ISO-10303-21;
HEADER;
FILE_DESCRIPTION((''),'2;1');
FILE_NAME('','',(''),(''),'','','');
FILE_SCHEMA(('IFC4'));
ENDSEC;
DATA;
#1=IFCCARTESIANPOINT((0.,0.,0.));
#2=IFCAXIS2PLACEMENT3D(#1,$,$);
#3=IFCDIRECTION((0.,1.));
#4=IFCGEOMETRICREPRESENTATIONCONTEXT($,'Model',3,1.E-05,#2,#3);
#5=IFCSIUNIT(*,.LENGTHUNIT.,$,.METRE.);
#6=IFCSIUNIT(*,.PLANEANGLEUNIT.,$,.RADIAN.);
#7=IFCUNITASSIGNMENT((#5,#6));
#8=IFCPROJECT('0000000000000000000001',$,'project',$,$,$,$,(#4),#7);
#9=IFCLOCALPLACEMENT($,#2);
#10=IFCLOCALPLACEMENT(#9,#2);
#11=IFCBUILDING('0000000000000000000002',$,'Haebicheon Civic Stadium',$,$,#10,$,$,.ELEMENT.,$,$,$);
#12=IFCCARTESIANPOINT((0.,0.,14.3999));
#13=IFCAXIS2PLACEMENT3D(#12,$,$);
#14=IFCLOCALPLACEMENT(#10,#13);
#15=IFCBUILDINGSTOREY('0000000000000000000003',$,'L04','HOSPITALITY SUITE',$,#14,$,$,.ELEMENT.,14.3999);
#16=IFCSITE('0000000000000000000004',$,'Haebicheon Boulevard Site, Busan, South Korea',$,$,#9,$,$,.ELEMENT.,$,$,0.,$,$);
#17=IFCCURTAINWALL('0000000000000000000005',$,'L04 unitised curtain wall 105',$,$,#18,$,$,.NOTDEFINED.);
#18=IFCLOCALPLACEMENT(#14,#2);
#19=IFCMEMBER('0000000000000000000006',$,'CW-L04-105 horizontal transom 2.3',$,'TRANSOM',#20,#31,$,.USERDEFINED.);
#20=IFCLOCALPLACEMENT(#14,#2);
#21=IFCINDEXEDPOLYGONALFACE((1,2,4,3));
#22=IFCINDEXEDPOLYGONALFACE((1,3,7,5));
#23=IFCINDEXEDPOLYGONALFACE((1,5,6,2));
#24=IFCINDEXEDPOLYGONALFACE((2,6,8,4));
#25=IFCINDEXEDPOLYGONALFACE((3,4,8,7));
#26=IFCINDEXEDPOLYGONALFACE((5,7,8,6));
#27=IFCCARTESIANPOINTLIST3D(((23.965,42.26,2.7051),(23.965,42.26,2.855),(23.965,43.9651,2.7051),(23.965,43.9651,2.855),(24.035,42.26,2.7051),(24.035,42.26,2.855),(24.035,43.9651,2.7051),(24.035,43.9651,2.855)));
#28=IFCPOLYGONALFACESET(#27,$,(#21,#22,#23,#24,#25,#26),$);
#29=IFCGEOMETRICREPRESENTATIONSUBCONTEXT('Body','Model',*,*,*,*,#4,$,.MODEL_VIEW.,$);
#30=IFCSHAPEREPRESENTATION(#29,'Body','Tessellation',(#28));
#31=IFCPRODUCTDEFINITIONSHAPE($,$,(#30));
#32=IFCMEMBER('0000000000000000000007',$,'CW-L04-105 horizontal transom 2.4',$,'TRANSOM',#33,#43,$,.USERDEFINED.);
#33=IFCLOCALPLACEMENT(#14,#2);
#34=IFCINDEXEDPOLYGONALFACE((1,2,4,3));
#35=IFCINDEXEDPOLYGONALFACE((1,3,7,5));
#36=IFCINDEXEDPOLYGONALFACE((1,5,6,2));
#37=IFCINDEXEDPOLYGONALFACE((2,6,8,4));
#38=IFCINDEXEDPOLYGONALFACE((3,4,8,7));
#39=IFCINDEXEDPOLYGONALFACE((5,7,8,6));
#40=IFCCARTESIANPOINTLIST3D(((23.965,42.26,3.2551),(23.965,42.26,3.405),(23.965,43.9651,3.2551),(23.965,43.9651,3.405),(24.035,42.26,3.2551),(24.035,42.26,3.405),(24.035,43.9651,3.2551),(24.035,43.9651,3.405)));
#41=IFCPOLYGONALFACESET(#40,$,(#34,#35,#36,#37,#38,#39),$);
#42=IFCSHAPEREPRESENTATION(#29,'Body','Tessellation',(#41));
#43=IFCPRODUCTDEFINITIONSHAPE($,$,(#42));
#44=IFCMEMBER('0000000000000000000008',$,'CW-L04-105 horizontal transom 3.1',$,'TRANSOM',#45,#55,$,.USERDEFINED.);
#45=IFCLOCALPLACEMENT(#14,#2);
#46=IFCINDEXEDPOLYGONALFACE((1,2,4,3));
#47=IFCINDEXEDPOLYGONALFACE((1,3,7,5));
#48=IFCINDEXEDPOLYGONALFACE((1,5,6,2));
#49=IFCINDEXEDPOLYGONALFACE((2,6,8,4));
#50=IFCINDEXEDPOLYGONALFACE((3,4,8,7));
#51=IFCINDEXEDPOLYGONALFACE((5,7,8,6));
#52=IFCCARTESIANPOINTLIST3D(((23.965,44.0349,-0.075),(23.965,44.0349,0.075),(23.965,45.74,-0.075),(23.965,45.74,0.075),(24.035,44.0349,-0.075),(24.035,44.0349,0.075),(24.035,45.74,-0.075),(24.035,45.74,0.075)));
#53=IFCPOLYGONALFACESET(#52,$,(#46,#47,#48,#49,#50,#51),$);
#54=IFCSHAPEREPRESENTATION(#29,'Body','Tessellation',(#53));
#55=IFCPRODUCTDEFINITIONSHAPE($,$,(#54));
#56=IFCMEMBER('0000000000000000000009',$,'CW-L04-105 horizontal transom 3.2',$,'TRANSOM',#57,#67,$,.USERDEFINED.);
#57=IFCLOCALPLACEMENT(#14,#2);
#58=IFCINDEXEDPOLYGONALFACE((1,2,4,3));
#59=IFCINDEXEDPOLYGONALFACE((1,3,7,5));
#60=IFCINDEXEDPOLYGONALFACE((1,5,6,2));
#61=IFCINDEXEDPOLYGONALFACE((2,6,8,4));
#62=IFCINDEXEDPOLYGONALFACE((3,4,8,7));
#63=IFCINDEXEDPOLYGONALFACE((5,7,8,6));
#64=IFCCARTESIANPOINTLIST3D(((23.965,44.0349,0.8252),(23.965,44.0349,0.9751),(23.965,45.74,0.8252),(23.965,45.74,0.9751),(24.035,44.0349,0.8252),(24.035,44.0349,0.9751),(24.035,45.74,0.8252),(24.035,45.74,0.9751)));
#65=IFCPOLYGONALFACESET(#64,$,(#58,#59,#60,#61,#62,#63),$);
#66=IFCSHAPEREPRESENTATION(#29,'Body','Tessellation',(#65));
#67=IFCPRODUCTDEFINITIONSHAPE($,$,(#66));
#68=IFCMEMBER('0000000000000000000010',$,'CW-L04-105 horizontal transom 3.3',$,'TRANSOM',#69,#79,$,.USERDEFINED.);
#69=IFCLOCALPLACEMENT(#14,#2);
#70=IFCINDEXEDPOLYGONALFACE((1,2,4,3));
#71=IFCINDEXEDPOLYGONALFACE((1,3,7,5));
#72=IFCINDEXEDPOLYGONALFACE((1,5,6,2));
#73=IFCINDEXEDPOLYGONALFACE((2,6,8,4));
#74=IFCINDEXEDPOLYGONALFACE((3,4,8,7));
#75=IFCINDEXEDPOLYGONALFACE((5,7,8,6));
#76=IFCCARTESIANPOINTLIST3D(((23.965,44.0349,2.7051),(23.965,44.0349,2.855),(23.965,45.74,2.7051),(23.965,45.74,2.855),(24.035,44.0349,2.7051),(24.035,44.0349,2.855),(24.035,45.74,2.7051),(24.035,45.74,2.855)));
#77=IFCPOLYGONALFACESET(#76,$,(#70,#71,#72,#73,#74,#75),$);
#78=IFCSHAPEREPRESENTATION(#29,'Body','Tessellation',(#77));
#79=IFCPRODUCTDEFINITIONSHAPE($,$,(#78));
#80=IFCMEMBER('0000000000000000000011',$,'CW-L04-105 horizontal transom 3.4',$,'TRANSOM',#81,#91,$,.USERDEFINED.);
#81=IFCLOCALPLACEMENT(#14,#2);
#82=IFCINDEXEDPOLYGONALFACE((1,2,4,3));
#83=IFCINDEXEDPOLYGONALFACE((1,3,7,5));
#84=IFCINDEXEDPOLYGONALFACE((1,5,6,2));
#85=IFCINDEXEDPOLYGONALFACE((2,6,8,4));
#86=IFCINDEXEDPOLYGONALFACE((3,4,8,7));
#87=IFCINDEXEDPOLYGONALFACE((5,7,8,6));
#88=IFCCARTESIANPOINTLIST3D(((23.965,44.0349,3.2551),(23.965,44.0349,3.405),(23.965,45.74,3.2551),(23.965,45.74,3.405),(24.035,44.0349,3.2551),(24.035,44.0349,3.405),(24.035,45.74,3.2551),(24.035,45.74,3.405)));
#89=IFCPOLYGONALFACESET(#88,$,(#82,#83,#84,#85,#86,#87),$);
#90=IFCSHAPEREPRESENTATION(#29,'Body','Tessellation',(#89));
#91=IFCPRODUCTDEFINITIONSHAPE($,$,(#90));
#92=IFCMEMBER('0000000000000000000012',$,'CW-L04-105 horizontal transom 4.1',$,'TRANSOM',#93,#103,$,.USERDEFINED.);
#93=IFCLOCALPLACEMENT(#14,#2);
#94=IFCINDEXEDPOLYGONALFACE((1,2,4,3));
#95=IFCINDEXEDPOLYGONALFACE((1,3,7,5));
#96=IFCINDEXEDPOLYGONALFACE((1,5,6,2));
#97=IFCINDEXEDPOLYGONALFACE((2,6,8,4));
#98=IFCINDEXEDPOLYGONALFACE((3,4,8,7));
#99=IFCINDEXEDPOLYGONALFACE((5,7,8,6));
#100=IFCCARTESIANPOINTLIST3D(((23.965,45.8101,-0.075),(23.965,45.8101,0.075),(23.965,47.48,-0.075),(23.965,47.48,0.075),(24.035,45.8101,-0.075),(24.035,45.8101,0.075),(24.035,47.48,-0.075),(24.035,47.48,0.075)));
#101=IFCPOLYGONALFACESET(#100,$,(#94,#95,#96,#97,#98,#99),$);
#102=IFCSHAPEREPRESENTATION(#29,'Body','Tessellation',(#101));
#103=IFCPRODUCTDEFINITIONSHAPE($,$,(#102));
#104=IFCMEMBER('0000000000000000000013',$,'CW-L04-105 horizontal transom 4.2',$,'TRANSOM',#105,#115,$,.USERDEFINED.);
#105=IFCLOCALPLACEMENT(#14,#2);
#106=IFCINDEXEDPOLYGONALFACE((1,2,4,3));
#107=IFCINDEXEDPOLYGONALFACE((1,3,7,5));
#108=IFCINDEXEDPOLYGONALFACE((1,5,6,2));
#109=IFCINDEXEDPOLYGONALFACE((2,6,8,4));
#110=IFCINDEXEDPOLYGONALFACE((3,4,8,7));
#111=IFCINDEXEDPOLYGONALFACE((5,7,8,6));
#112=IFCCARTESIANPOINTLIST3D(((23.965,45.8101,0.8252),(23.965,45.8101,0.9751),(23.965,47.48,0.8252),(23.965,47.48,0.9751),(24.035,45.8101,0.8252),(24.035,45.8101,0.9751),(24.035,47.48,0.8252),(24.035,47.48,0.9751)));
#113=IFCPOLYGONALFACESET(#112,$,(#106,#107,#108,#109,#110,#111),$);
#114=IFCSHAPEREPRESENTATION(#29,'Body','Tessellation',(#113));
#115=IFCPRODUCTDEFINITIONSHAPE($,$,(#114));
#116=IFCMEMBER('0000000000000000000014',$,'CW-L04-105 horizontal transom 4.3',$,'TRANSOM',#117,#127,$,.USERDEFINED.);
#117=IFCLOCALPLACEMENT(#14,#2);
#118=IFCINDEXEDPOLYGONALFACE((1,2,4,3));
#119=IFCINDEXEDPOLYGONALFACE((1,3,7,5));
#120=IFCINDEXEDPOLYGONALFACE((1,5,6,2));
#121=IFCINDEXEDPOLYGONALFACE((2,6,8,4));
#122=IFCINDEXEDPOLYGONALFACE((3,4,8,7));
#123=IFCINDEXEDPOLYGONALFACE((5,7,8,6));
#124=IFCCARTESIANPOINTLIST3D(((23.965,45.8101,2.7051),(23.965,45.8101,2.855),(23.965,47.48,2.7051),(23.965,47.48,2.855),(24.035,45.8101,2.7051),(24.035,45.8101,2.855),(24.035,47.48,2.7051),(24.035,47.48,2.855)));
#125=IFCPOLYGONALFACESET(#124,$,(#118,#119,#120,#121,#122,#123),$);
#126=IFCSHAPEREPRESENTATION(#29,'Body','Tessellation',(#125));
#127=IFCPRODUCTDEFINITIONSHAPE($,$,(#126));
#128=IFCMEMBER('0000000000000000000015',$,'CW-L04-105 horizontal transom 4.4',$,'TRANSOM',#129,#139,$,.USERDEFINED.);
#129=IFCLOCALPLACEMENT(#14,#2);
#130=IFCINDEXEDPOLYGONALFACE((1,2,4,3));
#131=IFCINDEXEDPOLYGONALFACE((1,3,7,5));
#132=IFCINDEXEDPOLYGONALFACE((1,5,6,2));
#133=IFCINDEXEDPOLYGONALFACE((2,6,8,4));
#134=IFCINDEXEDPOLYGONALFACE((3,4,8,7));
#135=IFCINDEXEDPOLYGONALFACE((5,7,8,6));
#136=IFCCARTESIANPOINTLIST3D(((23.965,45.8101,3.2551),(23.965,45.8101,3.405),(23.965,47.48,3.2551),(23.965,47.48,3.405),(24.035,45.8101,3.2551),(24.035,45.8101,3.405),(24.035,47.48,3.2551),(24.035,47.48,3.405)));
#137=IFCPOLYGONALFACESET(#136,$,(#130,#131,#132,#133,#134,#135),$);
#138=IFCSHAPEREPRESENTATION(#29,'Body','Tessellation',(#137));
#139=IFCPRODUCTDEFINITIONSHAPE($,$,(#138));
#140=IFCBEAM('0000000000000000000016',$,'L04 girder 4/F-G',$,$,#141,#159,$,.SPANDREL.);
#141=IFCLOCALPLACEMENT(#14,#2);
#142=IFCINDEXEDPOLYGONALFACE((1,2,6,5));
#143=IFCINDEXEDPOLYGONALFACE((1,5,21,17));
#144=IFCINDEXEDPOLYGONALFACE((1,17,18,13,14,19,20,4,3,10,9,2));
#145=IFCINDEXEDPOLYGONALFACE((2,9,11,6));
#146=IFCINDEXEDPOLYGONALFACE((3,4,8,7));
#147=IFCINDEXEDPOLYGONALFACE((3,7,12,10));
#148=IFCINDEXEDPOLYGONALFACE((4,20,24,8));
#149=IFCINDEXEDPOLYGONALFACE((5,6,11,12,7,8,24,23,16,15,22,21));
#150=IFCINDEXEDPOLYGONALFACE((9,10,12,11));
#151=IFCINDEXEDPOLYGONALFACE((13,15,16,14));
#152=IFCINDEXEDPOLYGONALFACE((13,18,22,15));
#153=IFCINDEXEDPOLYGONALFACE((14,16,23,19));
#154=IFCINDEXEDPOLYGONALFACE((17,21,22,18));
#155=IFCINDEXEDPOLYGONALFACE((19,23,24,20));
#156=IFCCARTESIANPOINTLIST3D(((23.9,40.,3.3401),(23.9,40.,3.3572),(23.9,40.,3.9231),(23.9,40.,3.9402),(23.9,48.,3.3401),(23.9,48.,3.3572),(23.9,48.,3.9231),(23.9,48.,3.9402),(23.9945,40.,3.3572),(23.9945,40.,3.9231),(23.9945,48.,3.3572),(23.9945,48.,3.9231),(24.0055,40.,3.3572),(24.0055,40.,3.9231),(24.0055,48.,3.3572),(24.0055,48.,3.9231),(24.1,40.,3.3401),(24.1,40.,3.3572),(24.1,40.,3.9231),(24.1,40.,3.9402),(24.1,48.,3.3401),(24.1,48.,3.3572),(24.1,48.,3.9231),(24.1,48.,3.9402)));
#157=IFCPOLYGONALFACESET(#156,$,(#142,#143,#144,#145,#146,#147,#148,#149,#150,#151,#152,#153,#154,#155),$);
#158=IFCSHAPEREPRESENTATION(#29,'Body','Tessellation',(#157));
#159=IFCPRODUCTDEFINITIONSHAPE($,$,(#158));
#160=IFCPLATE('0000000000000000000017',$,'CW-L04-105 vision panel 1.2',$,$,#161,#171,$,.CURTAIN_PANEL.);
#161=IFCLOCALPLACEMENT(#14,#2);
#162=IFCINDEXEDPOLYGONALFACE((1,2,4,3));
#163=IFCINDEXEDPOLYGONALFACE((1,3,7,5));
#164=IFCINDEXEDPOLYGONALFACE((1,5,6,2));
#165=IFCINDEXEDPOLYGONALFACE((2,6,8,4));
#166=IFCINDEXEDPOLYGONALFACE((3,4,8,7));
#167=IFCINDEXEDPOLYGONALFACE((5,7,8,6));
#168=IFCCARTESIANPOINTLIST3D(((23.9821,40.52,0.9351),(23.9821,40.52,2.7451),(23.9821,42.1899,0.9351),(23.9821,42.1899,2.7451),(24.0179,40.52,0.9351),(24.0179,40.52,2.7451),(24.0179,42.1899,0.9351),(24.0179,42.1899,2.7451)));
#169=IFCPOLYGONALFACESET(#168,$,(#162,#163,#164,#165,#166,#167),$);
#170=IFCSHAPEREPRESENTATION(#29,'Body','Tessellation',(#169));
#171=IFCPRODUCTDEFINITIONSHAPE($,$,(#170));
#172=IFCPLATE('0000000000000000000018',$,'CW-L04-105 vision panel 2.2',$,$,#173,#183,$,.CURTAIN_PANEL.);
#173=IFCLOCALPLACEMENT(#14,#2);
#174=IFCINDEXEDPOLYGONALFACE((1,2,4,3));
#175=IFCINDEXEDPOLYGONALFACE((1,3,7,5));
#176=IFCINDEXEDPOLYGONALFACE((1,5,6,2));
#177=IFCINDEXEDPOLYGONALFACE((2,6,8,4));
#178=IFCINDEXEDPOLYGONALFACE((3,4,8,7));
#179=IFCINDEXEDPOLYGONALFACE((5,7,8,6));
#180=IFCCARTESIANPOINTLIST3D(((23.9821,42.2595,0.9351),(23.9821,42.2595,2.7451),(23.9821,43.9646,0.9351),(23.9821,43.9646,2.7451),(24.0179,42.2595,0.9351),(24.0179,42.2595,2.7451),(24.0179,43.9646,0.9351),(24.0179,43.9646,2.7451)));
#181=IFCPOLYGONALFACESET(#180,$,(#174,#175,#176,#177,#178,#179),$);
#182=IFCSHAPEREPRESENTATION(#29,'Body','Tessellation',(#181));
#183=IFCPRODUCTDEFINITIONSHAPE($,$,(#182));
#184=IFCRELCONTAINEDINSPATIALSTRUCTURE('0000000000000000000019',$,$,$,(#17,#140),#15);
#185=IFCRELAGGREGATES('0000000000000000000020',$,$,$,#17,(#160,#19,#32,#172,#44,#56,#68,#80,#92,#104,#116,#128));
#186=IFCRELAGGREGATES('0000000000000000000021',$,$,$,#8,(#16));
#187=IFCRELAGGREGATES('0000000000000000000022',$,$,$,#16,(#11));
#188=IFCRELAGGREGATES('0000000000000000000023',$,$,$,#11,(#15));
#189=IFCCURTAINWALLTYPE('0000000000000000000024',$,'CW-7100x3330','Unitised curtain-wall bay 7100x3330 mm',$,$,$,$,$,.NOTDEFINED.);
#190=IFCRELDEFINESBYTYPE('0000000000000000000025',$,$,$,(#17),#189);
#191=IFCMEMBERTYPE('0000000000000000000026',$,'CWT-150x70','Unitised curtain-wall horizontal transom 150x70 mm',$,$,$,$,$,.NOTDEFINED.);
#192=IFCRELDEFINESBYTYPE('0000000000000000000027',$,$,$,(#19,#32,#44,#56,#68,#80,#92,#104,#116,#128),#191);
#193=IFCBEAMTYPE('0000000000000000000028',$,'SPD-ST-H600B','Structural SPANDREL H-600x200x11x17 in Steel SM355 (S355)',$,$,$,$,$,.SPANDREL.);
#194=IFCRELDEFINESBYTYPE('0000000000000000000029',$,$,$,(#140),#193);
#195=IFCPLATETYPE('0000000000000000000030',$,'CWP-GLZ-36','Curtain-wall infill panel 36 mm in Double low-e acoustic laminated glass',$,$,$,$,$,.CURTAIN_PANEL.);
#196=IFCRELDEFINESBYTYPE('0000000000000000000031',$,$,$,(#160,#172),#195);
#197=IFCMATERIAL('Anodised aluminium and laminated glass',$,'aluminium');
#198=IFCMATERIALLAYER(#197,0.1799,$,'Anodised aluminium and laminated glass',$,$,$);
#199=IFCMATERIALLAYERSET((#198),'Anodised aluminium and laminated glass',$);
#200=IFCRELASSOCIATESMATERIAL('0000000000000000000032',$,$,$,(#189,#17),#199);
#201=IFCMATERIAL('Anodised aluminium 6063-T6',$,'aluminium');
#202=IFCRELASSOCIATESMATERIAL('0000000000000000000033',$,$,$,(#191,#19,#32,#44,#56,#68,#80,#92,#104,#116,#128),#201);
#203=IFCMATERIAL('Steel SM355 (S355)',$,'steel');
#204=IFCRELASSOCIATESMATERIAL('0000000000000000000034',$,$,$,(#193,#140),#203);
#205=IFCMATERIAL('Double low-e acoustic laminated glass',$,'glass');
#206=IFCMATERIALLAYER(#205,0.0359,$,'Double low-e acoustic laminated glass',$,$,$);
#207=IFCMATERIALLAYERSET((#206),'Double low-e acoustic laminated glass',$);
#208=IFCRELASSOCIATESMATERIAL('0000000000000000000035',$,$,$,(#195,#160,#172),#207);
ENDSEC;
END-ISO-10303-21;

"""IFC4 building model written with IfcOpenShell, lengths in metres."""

from ifc_helpers import new_model, si_unit, direction, frame, origin, origin_2d, place, context, subcontext, project, spatial, rectangle, i_section, extrude, material, layer, layer_set, material_profile, profile_set, type_object, element, aggregate, save


model = new_model("IFC4")

# Units and contexts
model_context = context("Model", 3, precision=1e-05, world=origin(), true_north=direction((0.0, 1.0)))
body_context = subcontext(model_context, "Body", "Model", "MODEL_VIEW")
ifc_project = project(units=[si_unit("LENGTHUNIT", "METRE"), si_unit("PLANEANGLEUNIT", "RADIAN")], contexts=[model_context])

# Site, building, storey
site_placement = place(None, origin())
site = spatial("IfcSite", under=ifc_project, at=site_placement, Name="Haebicheon Boulevard Site, Busan, South Korea", CompositionType="ELEMENT", RefElevation=0.0)
building_placement = place(site_placement, origin())
building = spatial("IfcBuilding", under=site, at=building_placement, Name="Haebicheon Civic Stadium", CompositionType="ELEMENT")
storey_placement = place(building_placement, frame((0.0, 0.0, 14.3999)))
storey = spatial("IfcBuildingStorey", under=building, at=storey_placement, Name="L04", Description="HOSPITALITY SUITE", CompositionType="ELEMENT", Elevation=14.3999)

# Curtain wall, members
ifc_material_1 = material(Name="Anodised aluminium and laminated glass", Category="aluminium")
ifc_layer_1 = layer(ifc_material_1, 0.1799, Name="Anodised aluminium and laminated glass")
ifc_layer_set_1 = layer_set([ifc_layer_1], Name="Anodised aluminium and laminated glass")
curtain_wall_type = type_object("IfcCurtainWallType", Name="CW-7100x3330", Description="Unitised curtain-wall bay 7100x3330 mm", PredefinedType="NOTDEFINED", material=ifc_layer_set_1)
curtain_wall_placement = place(storey_placement, origin())
curtain_wall = element("IfcCurtainWall", 1, at=curtain_wall_placement, inside=storey, type_object=curtain_wall_type, material=ifc_layer_set_1, Name="L04 unitised curtain wall 105", PredefinedType="NOTDEFINED")
ifc_material_2 = material(Name="Anodised aluminium 6063-T6", Category="aluminium")
ifc_material_profile_1 = material_profile(ifc_material_2, rectangle(XDim=0.0701, YDim=0.1499, at=origin_2d()), Name="ALU-TRAN-70x150")
ifc_profile_set_1 = profile_set([ifc_material_profile_1], Name="Anodised aluminium 6063-T6")
member_type_1 = type_object("IfcMemberType", Name="CWT-150x70", Description="Unitised curtain-wall horizontal transom 150x70 mm", PredefinedType="NOTDEFINED", material=ifc_profile_set_1)
member_1_placement = place(storey_placement, frame((24.0, 42.26, 2.78), z_axis=(0.0, 1.0, 0.0), x_axis=(-1.0, 0.0, 0.0)))
member_1 = element("IfcMember", 2, at=member_1_placement, type_object=member_type_1, material=ifc_profile_set_1, Name="CW-L04-105 horizontal transom 2.3", ObjectType="TRANSOM", PredefinedType="USERDEFINED", context=body_context, shape_type="SweptSolid", body=[
    extrude(rectangle(XDim=0.0701, YDim=0.1499, at=origin_2d()), origin(), (0.0, 0.0, 1.0), 1.7051),
])
member_2_placement = place(storey_placement, frame((24.0, 42.26, 3.3301), z_axis=(0.0, 1.0, 0.0), x_axis=(-1.0, 0.0, 0.0)))
member_2 = element("IfcMember", 3, at=member_2_placement, type_object=member_type_1, material=ifc_profile_set_1, Name="CW-L04-105 horizontal transom 2.4", ObjectType="TRANSOM", PredefinedType="USERDEFINED", context=body_context, shape_type="SweptSolid", body=[
    extrude(rectangle(XDim=0.0701, YDim=0.1499, at=origin_2d()), origin(), (0.0, 0.0, 1.0), 1.7051),
])
member_3_placement = place(storey_placement, frame((24.0, 44.0349, 0.0), z_axis=(0.0, 1.0, 0.0), x_axis=(-1.0, 0.0, 0.0)))
member_3 = element("IfcMember", 4, at=member_3_placement, type_object=member_type_1, material=ifc_profile_set_1, Name="CW-L04-105 horizontal transom 3.1", ObjectType="TRANSOM", PredefinedType="USERDEFINED", context=body_context, shape_type="SweptSolid", body=[
    extrude(rectangle(XDim=0.0701, YDim=0.1499, at=origin_2d()), origin(), (0.0, 0.0, 1.0), 1.7051),
])
member_4_placement = place(storey_placement, frame((24.0, 44.0349, 0.9001), z_axis=(0.0, 1.0, 0.0), x_axis=(-1.0, 0.0, 0.0)))
member_4 = element("IfcMember", 5, at=member_4_placement, type_object=member_type_1, material=ifc_profile_set_1, Name="CW-L04-105 horizontal transom 3.2", ObjectType="TRANSOM", PredefinedType="USERDEFINED", context=body_context, shape_type="SweptSolid", body=[
    extrude(rectangle(XDim=0.0701, YDim=0.1499, at=origin_2d()), origin(), (0.0, 0.0, 1.0), 1.7051),
])
member_5_placement = place(storey_placement, frame((24.0, 44.0349, 2.78), z_axis=(0.0, 1.0, 0.0), x_axis=(-1.0, 0.0, 0.0)))
member_5 = element("IfcMember", 6, at=member_5_placement, type_object=member_type_1, material=ifc_profile_set_1, Name="CW-L04-105 horizontal transom 3.3", ObjectType="TRANSOM", PredefinedType="USERDEFINED", context=body_context, shape_type="SweptSolid", body=[
    extrude(rectangle(XDim=0.0701, YDim=0.1499, at=origin_2d()), origin(), (0.0, 0.0, 1.0), 1.7051),
])
member_6_placement = place(storey_placement, frame((24.0, 44.0349, 3.3301), z_axis=(0.0, 1.0, 0.0), x_axis=(-1.0, 0.0, 0.0)))
member_6 = element("IfcMember", 7, at=member_6_placement, type_object=member_type_1, material=ifc_profile_set_1, Name="CW-L04-105 horizontal transom 3.4", ObjectType="TRANSOM", PredefinedType="USERDEFINED", context=body_context, shape_type="SweptSolid", body=[
    extrude(rectangle(XDim=0.0701, YDim=0.1499, at=origin_2d()), origin(), (0.0, 0.0, 1.0), 1.7051),
])
member_7_placement = place(storey_placement, frame((24.0, 45.8101, 0.0), z_axis=(0.0, 1.0, 0.0), x_axis=(-1.0, 0.0, 0.0)))
member_7 = element("IfcMember", 8, at=member_7_placement, type_object=member_type_1, material=ifc_profile_set_1, Name="CW-L04-105 horizontal transom 4.1", ObjectType="TRANSOM", PredefinedType="USERDEFINED", context=body_context, shape_type="SweptSolid", body=[
    extrude(rectangle(XDim=0.0701, YDim=0.1499, at=origin_2d()), origin(), (0.0, 0.0, 1.0), 1.6699),
])
member_8_placement = place(storey_placement, frame((24.0, 45.8101, 0.9001), z_axis=(0.0, 1.0, 0.0), x_axis=(-1.0, 0.0, 0.0)))
member_8 = element("IfcMember", 9, at=member_8_placement, type_object=member_type_1, material=ifc_profile_set_1, Name="CW-L04-105 horizontal transom 4.2", ObjectType="TRANSOM", PredefinedType="USERDEFINED", context=body_context, shape_type="SweptSolid", body=[
    extrude(rectangle(XDim=0.0701, YDim=0.1499, at=origin_2d()), origin(), (0.0, 0.0, 1.0), 1.6699),
])
member_9_placement = place(storey_placement, frame((24.0, 45.8101, 2.78), z_axis=(0.0, 1.0, 0.0), x_axis=(-1.0, 0.0, 0.0)))
member_9 = element("IfcMember", 10, at=member_9_placement, type_object=member_type_1, material=ifc_profile_set_1, Name="CW-L04-105 horizontal transom 4.3", ObjectType="TRANSOM", PredefinedType="USERDEFINED", context=body_context, shape_type="SweptSolid", body=[
    extrude(rectangle(XDim=0.0701, YDim=0.1499, at=origin_2d()), origin(), (0.0, 0.0, 1.0), 1.6699),
])
member_10_placement = place(storey_placement, frame((24.0, 45.8101, 3.3301), z_axis=(0.0, 1.0, 0.0), x_axis=(-1.0, 0.0, 0.0)))
member_10 = element("IfcMember", 11, at=member_10_placement, type_object=member_type_1, material=ifc_profile_set_1, Name="CW-L04-105 horizontal transom 4.4", ObjectType="TRANSOM", PredefinedType="USERDEFINED", context=body_context, shape_type="SweptSolid", body=[
    extrude(rectangle(XDim=0.0701, YDim=0.1499, at=origin_2d()), origin(), (0.0, 0.0, 1.0), 1.6699),
])

# Beam
ifc_material_3 = material(Name="Steel SM355 (S355)", Category="steel")
ifc_material_profile_2 = material_profile(ifc_material_3, i_section(OverallWidth=0.2, OverallDepth=0.6001, WebThickness=0.011, FlangeThickness=0.0171, at=origin_2d()), Name="H-600x200x11x17")
ifc_profile_set_2 = profile_set([ifc_material_profile_2], Name="Steel SM355 (S355)")
beam_type_1 = type_object("IfcBeamType", Name="SPD-ST-H600B", Description="Structural SPANDREL H-600x200x11x17 in Steel SM355 (S355)", PredefinedType="SPANDREL", material=ifc_profile_set_2)
beam_1_placement = place(storey_placement, frame((24.0, 40.0, 3.6401), z_axis=(0.0, 1.0, 0.0), x_axis=(-1.0, 0.0, 0.0)))
element("IfcBeam", 12, at=beam_1_placement, inside=storey, type_object=beam_type_1, material=ifc_profile_set_2, Name="L04 girder 4/F-G", PredefinedType="SPANDREL", context=body_context, shape_type="SweptSolid", body=[
    extrude(i_section(OverallWidth=0.2, OverallDepth=0.6001, WebThickness=0.011, FlangeThickness=0.0171, at=origin_2d()), origin(), (0.0, 0.0, 1.0), 8.0),
])

# Plates
ifc_material_4 = material(Name="Double low-e acoustic laminated glass", Category="glass")
ifc_layer_2 = layer(ifc_material_4, 0.0359, Name="Double low-e acoustic laminated glass")
ifc_layer_set_2 = layer_set([ifc_layer_2], Name="Double low-e acoustic laminated glass")
plate_type_1 = type_object("IfcPlateType", Name="CWP-GLZ-36", Description="Curtain-wall infill panel 36 mm in Double low-e acoustic laminated glass", PredefinedType="CURTAIN_PANEL", material=ifc_layer_set_2)
plate_1_placement = place(storey_placement, frame((24.0, 41.355, 0.9351), z_axis=(0.0, 0.0, 1.0), x_axis=(0.0, 1.0, 0.0)))
plate_1 = element("IfcPlate", 13, at=plate_1_placement, type_object=plate_type_1, material=ifc_layer_set_2, Name="CW-L04-105 vision panel 1.2", PredefinedType="CURTAIN_PANEL", context=body_context, shape_type="SweptSolid", body=[
    extrude(rectangle(XDim=1.6699, YDim=0.0359, at=origin_2d()), origin(), (0.0, 0.0, 1.0), 1.8101),
])
plate_2_placement = place(storey_placement, frame((24.0, 43.1121, 0.9351), z_axis=(0.0, 0.0, 1.0), x_axis=(0.0, 1.0, 0.0)))
plate_2 = element("IfcPlate", 14, at=plate_2_placement, type_object=plate_type_1, material=ifc_layer_set_2, Name="CW-L04-105 vision panel 2.2", PredefinedType="CURTAIN_PANEL", context=body_context, shape_type="SweptSolid", body=[
    extrude(rectangle(XDim=1.7051, YDim=0.0359, at=origin_2d()), origin(), (0.0, 0.0, 1.0), 1.8101),
])
aggregate(curtain_wall, [plate_1, member_1, member_2, plate_2, member_3, member_4, member_5, member_6, member_7, member_8, member_9, member_10])

save(model, "model.ifc")
